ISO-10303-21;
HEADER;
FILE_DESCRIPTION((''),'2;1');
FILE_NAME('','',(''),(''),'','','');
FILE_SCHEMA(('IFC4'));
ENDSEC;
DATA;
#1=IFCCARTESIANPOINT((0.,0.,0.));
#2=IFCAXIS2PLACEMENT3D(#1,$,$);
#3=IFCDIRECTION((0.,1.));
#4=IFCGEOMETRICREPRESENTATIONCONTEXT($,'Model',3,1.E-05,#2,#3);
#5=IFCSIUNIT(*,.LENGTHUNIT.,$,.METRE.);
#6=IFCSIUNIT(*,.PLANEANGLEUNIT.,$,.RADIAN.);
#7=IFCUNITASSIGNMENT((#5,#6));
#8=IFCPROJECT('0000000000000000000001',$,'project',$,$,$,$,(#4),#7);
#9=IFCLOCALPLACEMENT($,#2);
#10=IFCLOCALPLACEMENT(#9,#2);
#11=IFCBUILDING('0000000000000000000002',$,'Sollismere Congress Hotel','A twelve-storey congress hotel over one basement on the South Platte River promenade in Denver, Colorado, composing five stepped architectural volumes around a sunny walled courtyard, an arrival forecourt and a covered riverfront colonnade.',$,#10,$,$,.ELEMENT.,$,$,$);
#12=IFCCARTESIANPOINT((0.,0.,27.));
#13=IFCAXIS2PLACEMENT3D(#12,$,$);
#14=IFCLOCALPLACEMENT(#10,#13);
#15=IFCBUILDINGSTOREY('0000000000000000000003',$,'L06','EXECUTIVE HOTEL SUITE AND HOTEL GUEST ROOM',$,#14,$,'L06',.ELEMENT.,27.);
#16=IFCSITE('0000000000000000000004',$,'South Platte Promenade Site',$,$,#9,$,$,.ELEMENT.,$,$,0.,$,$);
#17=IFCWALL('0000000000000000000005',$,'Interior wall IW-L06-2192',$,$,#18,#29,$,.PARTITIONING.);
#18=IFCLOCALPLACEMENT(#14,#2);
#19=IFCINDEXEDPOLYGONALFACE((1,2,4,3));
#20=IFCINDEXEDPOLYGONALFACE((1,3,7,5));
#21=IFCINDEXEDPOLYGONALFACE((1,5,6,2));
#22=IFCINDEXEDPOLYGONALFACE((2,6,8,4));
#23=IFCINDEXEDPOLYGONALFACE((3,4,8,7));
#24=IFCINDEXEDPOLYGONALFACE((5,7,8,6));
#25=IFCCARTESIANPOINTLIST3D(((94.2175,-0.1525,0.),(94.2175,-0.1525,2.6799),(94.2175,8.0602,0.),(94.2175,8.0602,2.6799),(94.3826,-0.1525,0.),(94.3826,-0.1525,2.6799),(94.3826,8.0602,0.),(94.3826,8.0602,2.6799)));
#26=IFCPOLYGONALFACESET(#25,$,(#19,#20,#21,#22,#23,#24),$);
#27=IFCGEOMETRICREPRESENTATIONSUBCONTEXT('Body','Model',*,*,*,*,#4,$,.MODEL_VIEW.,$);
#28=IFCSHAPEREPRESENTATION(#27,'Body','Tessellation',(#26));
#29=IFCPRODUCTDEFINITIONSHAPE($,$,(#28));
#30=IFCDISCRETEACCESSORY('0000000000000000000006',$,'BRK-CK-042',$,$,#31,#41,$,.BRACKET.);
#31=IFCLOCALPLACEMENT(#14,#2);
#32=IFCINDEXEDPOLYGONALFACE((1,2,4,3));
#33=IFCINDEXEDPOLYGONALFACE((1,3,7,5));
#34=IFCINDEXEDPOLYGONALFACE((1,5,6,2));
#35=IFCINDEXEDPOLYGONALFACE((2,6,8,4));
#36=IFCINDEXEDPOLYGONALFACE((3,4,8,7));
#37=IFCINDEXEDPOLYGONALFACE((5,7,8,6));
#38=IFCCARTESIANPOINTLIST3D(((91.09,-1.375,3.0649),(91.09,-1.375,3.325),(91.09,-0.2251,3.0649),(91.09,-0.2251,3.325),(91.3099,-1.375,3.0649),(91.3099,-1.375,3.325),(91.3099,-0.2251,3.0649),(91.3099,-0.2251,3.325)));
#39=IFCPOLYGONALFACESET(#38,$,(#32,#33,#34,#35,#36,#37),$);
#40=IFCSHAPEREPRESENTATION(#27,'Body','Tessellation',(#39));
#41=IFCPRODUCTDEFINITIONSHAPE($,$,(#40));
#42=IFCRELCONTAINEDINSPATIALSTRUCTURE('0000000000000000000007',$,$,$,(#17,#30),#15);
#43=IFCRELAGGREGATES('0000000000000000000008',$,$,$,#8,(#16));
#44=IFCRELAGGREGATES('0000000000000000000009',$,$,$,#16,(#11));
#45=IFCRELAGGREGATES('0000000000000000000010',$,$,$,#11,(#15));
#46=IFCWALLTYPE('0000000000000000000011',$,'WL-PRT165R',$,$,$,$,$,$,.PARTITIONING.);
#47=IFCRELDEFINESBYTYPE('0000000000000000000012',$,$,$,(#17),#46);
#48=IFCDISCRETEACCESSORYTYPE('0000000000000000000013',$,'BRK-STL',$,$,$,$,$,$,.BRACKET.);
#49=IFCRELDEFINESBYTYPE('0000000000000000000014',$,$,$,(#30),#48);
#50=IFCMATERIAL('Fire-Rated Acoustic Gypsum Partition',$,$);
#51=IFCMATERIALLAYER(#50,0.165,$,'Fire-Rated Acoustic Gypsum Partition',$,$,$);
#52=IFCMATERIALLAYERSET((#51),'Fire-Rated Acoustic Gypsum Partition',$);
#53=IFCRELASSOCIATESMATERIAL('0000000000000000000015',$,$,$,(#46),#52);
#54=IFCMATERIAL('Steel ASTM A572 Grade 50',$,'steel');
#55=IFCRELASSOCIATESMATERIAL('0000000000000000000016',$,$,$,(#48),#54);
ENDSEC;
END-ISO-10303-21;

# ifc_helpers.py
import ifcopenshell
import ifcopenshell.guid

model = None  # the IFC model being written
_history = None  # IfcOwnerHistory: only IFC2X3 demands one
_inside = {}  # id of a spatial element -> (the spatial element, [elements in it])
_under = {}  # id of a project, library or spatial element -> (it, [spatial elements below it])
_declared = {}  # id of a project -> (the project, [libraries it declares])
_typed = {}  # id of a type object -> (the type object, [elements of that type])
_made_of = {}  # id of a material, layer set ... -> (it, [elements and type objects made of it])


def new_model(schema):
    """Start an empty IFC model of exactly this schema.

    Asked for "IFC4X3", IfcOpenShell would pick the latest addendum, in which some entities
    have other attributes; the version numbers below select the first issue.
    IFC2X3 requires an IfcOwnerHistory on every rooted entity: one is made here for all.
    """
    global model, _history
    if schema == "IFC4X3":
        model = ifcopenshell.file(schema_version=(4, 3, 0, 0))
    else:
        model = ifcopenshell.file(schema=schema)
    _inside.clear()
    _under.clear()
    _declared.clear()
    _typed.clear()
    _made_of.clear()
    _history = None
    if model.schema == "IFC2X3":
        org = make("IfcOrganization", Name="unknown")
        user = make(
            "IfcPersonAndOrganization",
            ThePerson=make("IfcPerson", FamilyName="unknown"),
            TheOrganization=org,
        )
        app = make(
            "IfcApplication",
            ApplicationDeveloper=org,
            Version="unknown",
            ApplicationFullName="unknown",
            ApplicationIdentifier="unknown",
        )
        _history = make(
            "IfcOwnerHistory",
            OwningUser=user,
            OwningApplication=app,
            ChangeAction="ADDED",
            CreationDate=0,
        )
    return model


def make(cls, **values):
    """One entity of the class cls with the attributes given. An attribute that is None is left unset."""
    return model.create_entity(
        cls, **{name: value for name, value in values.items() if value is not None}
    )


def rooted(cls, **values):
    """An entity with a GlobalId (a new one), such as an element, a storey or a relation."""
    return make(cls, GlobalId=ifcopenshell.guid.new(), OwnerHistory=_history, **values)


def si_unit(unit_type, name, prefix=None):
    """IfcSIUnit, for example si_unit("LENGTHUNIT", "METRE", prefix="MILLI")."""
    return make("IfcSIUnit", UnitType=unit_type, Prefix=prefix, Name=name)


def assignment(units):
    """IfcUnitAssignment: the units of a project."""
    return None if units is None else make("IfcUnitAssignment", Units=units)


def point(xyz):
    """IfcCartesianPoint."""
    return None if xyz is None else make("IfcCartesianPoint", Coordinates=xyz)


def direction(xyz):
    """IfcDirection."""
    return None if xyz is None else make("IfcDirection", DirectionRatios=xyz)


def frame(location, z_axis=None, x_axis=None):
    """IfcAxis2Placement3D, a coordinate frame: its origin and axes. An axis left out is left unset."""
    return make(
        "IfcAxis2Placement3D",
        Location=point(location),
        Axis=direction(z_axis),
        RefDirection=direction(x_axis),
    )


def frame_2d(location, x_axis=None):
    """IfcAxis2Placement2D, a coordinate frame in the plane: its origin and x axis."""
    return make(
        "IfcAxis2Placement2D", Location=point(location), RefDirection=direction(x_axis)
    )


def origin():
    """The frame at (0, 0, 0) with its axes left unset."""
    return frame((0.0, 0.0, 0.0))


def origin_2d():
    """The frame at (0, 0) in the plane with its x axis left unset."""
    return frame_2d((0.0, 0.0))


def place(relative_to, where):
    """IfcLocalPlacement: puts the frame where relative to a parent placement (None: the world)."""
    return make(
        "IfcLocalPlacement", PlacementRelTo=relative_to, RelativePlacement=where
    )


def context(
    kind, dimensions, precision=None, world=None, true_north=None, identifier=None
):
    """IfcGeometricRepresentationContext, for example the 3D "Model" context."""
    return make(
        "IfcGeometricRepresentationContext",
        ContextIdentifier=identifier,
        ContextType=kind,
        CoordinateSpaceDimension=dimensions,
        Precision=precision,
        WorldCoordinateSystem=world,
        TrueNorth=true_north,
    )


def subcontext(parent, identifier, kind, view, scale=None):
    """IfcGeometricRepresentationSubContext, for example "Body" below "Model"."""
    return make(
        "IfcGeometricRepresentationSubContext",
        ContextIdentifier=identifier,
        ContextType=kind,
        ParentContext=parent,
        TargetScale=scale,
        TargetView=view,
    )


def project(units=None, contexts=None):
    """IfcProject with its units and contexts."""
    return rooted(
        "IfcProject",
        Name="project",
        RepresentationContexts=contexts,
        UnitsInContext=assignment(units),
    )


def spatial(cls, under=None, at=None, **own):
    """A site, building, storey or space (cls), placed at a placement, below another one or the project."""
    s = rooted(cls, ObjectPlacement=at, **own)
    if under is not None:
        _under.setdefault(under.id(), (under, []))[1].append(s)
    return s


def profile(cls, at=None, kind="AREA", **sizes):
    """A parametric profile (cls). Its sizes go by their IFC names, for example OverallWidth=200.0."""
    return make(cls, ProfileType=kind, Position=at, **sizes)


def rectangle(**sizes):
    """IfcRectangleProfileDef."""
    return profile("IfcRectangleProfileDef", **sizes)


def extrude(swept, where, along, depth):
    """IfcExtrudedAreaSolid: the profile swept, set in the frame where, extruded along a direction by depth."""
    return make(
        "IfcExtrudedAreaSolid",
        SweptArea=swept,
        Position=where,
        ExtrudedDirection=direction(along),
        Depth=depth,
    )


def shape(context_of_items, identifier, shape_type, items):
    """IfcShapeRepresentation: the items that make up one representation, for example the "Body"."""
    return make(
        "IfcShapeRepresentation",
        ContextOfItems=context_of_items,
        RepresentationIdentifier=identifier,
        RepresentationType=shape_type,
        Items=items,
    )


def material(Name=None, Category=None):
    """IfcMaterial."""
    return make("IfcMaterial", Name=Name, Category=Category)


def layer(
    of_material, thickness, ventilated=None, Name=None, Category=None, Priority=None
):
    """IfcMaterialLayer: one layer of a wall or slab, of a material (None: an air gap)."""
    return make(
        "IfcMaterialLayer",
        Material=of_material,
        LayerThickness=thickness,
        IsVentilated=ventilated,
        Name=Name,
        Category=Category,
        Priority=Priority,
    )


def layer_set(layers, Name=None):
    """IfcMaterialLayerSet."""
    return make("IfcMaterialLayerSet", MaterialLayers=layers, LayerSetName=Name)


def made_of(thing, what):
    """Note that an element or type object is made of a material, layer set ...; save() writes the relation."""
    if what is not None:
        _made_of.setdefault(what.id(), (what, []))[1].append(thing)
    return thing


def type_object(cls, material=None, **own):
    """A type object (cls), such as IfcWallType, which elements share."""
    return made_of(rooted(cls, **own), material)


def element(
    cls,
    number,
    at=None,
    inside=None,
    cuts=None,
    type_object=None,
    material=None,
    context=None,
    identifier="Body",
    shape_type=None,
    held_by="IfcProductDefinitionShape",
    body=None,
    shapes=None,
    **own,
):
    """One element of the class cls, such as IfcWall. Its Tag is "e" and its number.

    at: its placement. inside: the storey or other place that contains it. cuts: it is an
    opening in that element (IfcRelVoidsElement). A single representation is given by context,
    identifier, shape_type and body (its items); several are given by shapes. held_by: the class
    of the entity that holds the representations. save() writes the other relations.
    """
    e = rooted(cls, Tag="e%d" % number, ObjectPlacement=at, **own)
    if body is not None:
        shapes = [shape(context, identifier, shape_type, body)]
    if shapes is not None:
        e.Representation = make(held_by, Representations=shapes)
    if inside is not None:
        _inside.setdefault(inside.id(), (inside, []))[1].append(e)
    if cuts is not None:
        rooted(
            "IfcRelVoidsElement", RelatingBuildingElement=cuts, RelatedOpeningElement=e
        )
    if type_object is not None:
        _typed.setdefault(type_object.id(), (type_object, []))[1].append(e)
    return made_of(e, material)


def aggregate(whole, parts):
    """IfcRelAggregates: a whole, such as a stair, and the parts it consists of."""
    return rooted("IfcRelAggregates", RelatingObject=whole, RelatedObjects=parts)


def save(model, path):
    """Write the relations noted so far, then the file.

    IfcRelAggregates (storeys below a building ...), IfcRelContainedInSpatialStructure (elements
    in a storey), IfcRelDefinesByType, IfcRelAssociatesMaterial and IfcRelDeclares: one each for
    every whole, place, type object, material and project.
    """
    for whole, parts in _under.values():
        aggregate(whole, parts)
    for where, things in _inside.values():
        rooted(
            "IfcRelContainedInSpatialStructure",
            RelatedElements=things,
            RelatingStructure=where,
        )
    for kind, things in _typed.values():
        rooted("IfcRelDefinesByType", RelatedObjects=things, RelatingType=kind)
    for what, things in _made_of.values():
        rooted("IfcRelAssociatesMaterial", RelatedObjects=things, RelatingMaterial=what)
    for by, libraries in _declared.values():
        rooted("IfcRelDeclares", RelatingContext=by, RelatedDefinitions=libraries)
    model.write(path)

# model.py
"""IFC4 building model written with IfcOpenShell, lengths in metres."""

from ifc_helpers import new_model, si_unit, direction, frame, frame_2d, origin, origin_2d, place, context, subcontext, project, spatial, rectangle, extrude, material, layer, layer_set, type_object, element, save


model = new_model("IFC4")

# Units and contexts
model_context = context("Model", 3, precision=1e-05, world=origin(), true_north=direction((0.0, 1.0)))
body_context = subcontext(model_context, "Body", "Model", "MODEL_VIEW")
ifc_project = project(units=[si_unit("LENGTHUNIT", "METRE"), si_unit("PLANEANGLEUNIT", "RADIAN")], contexts=[model_context])

# Site, building, storey
site_placement = place(None, origin())
site = spatial("IfcSite", under=ifc_project, at=site_placement, Name="South Platte Promenade Site", CompositionType="ELEMENT", RefElevation=0.0)
building_placement = place(site_placement, origin())
building = spatial("IfcBuilding", under=site, at=building_placement, Name="Sollismere Congress Hotel", Description="A twelve-storey congress hotel over one basement on the South Platte River promenade in Denver, Colorado, composing five stepped architectural volumes around a sunny walled courtyard, an arrival forecourt and a covered riverfront colonnade.", CompositionType="ELEMENT")
storey_placement = place(building_placement, frame((0.0, 0.0, 27.0)))
storey = spatial("IfcBuildingStorey", under=building, at=storey_placement, Name="L06", Description="EXECUTIVE HOTEL SUITE AND HOTEL GUEST ROOM", LongName="L06", CompositionType="ELEMENT", Elevation=27.0)

# Wall
ifc_material_1 = material(Name="Fire-Rated Acoustic Gypsum Partition")
ifc_layer_1 = layer(ifc_material_1, 0.165, Name="Fire-Rated Acoustic Gypsum Partition")
ifc_layer_set_1 = layer_set([ifc_layer_1], Name="Fire-Rated Acoustic Gypsum Partition")
wall_type_1 = type_object("IfcWallType", Name="WL-PRT165R", PredefinedType="PARTITIONING", material=ifc_layer_set_1)
for number, where, z_axis, x_axis, name in (
    (1, (94.3, -0.1526, 0.0), (0.0, 0.0, 1.0), (0.0, 1.0, 0.0), "Interior wall IW-L06-2192"),
):
    element("IfcWall", number, at=place(storey_placement, frame(where, z_axis=z_axis, x_axis=x_axis)), inside=storey, type_object=wall_type_1, Name=name, PredefinedType="PARTITIONING", context=body_context, shape_type="SweptSolid", body=[
        extrude(rectangle(XDim=8.2126, YDim=0.165, at=frame_2d((4.1064, 0.0))), origin(), (0.0, 0.0, 1.0), 2.6799),
    ])

# Discrete accessory
ifc_material_2 = material(Name="Steel ASTM A572 Grade 50", Category="steel")
discrete_accessory_type = type_object("IfcDiscreteAccessoryType", Name="BRK-STL", PredefinedType="BRACKET", material=ifc_material_2)
discrete_accessory_placement = place(storey_placement, frame((91.2, -0.8, 3.0649), z_axis=(0.0, 0.0, 1.0), x_axis=(1.0, 0.0, 0.0)))
element("IfcDiscreteAccessory", 2, at=discrete_accessory_placement, inside=storey, type_object=discrete_accessory_type, Name="BRK-CK-042", PredefinedType="BRACKET", context=body_context, shape_type="SweptSolid", body=[
    extrude(rectangle(XDim=0.22, YDim=1.1499, at=origin_2d()), origin(), (0.0, 0.0, 1.0), 0.26),
])

save(model, "model.ifc")
